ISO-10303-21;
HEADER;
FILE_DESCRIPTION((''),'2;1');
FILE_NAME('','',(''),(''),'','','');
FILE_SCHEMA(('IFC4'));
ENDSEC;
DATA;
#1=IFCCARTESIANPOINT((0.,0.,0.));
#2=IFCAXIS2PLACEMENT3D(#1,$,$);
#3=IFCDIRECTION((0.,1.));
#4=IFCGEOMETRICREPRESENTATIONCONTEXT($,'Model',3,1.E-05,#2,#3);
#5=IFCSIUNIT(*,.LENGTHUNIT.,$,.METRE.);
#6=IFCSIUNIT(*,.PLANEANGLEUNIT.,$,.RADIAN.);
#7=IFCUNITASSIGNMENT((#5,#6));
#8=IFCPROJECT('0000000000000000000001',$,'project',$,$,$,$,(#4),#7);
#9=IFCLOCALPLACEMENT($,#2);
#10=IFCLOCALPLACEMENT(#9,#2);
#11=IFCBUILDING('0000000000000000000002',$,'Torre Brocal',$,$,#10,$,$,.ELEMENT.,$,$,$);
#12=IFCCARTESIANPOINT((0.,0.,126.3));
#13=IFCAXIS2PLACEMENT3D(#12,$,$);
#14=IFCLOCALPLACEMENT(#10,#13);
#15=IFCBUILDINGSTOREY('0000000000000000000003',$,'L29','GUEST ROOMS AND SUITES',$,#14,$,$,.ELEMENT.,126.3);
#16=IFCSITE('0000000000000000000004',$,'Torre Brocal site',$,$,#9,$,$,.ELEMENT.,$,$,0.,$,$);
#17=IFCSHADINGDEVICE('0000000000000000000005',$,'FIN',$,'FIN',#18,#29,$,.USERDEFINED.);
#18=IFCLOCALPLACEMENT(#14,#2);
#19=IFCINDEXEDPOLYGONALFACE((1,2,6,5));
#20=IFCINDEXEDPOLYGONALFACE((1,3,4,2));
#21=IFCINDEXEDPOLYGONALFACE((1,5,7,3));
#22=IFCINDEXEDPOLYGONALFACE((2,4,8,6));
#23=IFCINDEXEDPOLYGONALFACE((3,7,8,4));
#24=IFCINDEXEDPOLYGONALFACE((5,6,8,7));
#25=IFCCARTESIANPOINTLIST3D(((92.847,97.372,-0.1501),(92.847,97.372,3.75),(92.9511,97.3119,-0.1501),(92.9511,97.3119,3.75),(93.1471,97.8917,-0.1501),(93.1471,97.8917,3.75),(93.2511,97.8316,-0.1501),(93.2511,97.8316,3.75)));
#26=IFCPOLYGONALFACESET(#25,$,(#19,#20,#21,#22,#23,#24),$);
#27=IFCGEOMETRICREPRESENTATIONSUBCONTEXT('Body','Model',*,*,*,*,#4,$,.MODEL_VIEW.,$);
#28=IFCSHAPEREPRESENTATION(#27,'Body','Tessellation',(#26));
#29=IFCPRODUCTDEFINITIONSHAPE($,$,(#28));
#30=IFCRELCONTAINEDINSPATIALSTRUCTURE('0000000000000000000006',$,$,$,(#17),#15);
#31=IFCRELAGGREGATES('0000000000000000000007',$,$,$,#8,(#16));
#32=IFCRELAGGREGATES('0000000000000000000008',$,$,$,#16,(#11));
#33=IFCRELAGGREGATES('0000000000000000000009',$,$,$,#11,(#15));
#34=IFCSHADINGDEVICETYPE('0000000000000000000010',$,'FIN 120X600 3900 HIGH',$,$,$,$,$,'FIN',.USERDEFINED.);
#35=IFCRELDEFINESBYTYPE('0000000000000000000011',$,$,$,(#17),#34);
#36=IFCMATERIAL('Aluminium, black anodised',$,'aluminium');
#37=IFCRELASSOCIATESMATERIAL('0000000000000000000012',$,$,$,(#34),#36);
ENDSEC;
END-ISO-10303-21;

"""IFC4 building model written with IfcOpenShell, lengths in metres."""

from ifc_helpers import new_model, si_unit, direction, frame, origin, origin_2d, place, context, subcontext, project, spatial, rectangle, extrude, material, material_profile, profile_set, type_object, element, save


model = new_model("IFC4")

# Units and contexts
model_context = context("Model", 3, precision=1e-05, world=origin(), true_north=direction((0.0, 1.0)))
body_context = subcontext(model_context, "Body", "Model", "MODEL_VIEW")
ifc_project = project(units=[si_unit("LENGTHUNIT", "METRE"), si_unit("PLANEANGLEUNIT", "RADIAN")], contexts=[model_context])

# Site, building, storey
site_placement = place(None, origin())
site = spatial("IfcSite", under=ifc_project, at=site_placement, Name="Torre Brocal site", CompositionType="ELEMENT", RefElevation=0.0)
building_placement = place(site_placement, origin())
building = spatial("IfcBuilding", under=site, at=building_placement, Name="Torre Brocal", CompositionType="ELEMENT")
storey_placement = place(building_placement, frame((0.0, 0.0, 126.3)))
storey = spatial("IfcBuildingStorey", under=building, at=storey_placement, Name="L29", Description="GUEST ROOMS AND SUITES", CompositionType="ELEMENT", Elevation=126.3)

# Shading device
ifc_material_1 = material(Name="Aluminium, black anodised", Category="aluminium")
ifc_material_profile_1 = material_profile(ifc_material_1, rectangle(XDim=0.1201, YDim=0.6001, at=origin_2d()), Name="FIN 120X600 3900 HIGH")
ifc_profile_set_1 = profile_set([ifc_material_profile_1], Name="Aluminium, black anodised")
shading_device_type = type_object("IfcShadingDeviceType", Name="FIN 120X600 3900 HIGH", ElementType="FIN", PredefinedType="USERDEFINED", material=ifc_profile_set_1)
for number, where, z_axis, x_axis, name in (
    (1, (93.0491, 97.6018, -0.1501), (0.0, 0.0, 1.0), (-0.866025, 0.5, 0.0), "FIN"),
):
    element("IfcShadingDevice", number, at=place(storey_placement, frame(where, z_axis=z_axis, x_axis=x_axis)), inside=storey, type_object=shading_device_type, Name=name, ObjectType="FIN", PredefinedType="USERDEFINED", context=body_context, shape_type="SweptSolid", body=[
        extrude(rectangle(XDim=0.1201, YDim=0.6001, at=origin_2d()), origin(), (0.0, 0.0, 1.0), 3.9001),
    ])

save(model, "model.ifc")
